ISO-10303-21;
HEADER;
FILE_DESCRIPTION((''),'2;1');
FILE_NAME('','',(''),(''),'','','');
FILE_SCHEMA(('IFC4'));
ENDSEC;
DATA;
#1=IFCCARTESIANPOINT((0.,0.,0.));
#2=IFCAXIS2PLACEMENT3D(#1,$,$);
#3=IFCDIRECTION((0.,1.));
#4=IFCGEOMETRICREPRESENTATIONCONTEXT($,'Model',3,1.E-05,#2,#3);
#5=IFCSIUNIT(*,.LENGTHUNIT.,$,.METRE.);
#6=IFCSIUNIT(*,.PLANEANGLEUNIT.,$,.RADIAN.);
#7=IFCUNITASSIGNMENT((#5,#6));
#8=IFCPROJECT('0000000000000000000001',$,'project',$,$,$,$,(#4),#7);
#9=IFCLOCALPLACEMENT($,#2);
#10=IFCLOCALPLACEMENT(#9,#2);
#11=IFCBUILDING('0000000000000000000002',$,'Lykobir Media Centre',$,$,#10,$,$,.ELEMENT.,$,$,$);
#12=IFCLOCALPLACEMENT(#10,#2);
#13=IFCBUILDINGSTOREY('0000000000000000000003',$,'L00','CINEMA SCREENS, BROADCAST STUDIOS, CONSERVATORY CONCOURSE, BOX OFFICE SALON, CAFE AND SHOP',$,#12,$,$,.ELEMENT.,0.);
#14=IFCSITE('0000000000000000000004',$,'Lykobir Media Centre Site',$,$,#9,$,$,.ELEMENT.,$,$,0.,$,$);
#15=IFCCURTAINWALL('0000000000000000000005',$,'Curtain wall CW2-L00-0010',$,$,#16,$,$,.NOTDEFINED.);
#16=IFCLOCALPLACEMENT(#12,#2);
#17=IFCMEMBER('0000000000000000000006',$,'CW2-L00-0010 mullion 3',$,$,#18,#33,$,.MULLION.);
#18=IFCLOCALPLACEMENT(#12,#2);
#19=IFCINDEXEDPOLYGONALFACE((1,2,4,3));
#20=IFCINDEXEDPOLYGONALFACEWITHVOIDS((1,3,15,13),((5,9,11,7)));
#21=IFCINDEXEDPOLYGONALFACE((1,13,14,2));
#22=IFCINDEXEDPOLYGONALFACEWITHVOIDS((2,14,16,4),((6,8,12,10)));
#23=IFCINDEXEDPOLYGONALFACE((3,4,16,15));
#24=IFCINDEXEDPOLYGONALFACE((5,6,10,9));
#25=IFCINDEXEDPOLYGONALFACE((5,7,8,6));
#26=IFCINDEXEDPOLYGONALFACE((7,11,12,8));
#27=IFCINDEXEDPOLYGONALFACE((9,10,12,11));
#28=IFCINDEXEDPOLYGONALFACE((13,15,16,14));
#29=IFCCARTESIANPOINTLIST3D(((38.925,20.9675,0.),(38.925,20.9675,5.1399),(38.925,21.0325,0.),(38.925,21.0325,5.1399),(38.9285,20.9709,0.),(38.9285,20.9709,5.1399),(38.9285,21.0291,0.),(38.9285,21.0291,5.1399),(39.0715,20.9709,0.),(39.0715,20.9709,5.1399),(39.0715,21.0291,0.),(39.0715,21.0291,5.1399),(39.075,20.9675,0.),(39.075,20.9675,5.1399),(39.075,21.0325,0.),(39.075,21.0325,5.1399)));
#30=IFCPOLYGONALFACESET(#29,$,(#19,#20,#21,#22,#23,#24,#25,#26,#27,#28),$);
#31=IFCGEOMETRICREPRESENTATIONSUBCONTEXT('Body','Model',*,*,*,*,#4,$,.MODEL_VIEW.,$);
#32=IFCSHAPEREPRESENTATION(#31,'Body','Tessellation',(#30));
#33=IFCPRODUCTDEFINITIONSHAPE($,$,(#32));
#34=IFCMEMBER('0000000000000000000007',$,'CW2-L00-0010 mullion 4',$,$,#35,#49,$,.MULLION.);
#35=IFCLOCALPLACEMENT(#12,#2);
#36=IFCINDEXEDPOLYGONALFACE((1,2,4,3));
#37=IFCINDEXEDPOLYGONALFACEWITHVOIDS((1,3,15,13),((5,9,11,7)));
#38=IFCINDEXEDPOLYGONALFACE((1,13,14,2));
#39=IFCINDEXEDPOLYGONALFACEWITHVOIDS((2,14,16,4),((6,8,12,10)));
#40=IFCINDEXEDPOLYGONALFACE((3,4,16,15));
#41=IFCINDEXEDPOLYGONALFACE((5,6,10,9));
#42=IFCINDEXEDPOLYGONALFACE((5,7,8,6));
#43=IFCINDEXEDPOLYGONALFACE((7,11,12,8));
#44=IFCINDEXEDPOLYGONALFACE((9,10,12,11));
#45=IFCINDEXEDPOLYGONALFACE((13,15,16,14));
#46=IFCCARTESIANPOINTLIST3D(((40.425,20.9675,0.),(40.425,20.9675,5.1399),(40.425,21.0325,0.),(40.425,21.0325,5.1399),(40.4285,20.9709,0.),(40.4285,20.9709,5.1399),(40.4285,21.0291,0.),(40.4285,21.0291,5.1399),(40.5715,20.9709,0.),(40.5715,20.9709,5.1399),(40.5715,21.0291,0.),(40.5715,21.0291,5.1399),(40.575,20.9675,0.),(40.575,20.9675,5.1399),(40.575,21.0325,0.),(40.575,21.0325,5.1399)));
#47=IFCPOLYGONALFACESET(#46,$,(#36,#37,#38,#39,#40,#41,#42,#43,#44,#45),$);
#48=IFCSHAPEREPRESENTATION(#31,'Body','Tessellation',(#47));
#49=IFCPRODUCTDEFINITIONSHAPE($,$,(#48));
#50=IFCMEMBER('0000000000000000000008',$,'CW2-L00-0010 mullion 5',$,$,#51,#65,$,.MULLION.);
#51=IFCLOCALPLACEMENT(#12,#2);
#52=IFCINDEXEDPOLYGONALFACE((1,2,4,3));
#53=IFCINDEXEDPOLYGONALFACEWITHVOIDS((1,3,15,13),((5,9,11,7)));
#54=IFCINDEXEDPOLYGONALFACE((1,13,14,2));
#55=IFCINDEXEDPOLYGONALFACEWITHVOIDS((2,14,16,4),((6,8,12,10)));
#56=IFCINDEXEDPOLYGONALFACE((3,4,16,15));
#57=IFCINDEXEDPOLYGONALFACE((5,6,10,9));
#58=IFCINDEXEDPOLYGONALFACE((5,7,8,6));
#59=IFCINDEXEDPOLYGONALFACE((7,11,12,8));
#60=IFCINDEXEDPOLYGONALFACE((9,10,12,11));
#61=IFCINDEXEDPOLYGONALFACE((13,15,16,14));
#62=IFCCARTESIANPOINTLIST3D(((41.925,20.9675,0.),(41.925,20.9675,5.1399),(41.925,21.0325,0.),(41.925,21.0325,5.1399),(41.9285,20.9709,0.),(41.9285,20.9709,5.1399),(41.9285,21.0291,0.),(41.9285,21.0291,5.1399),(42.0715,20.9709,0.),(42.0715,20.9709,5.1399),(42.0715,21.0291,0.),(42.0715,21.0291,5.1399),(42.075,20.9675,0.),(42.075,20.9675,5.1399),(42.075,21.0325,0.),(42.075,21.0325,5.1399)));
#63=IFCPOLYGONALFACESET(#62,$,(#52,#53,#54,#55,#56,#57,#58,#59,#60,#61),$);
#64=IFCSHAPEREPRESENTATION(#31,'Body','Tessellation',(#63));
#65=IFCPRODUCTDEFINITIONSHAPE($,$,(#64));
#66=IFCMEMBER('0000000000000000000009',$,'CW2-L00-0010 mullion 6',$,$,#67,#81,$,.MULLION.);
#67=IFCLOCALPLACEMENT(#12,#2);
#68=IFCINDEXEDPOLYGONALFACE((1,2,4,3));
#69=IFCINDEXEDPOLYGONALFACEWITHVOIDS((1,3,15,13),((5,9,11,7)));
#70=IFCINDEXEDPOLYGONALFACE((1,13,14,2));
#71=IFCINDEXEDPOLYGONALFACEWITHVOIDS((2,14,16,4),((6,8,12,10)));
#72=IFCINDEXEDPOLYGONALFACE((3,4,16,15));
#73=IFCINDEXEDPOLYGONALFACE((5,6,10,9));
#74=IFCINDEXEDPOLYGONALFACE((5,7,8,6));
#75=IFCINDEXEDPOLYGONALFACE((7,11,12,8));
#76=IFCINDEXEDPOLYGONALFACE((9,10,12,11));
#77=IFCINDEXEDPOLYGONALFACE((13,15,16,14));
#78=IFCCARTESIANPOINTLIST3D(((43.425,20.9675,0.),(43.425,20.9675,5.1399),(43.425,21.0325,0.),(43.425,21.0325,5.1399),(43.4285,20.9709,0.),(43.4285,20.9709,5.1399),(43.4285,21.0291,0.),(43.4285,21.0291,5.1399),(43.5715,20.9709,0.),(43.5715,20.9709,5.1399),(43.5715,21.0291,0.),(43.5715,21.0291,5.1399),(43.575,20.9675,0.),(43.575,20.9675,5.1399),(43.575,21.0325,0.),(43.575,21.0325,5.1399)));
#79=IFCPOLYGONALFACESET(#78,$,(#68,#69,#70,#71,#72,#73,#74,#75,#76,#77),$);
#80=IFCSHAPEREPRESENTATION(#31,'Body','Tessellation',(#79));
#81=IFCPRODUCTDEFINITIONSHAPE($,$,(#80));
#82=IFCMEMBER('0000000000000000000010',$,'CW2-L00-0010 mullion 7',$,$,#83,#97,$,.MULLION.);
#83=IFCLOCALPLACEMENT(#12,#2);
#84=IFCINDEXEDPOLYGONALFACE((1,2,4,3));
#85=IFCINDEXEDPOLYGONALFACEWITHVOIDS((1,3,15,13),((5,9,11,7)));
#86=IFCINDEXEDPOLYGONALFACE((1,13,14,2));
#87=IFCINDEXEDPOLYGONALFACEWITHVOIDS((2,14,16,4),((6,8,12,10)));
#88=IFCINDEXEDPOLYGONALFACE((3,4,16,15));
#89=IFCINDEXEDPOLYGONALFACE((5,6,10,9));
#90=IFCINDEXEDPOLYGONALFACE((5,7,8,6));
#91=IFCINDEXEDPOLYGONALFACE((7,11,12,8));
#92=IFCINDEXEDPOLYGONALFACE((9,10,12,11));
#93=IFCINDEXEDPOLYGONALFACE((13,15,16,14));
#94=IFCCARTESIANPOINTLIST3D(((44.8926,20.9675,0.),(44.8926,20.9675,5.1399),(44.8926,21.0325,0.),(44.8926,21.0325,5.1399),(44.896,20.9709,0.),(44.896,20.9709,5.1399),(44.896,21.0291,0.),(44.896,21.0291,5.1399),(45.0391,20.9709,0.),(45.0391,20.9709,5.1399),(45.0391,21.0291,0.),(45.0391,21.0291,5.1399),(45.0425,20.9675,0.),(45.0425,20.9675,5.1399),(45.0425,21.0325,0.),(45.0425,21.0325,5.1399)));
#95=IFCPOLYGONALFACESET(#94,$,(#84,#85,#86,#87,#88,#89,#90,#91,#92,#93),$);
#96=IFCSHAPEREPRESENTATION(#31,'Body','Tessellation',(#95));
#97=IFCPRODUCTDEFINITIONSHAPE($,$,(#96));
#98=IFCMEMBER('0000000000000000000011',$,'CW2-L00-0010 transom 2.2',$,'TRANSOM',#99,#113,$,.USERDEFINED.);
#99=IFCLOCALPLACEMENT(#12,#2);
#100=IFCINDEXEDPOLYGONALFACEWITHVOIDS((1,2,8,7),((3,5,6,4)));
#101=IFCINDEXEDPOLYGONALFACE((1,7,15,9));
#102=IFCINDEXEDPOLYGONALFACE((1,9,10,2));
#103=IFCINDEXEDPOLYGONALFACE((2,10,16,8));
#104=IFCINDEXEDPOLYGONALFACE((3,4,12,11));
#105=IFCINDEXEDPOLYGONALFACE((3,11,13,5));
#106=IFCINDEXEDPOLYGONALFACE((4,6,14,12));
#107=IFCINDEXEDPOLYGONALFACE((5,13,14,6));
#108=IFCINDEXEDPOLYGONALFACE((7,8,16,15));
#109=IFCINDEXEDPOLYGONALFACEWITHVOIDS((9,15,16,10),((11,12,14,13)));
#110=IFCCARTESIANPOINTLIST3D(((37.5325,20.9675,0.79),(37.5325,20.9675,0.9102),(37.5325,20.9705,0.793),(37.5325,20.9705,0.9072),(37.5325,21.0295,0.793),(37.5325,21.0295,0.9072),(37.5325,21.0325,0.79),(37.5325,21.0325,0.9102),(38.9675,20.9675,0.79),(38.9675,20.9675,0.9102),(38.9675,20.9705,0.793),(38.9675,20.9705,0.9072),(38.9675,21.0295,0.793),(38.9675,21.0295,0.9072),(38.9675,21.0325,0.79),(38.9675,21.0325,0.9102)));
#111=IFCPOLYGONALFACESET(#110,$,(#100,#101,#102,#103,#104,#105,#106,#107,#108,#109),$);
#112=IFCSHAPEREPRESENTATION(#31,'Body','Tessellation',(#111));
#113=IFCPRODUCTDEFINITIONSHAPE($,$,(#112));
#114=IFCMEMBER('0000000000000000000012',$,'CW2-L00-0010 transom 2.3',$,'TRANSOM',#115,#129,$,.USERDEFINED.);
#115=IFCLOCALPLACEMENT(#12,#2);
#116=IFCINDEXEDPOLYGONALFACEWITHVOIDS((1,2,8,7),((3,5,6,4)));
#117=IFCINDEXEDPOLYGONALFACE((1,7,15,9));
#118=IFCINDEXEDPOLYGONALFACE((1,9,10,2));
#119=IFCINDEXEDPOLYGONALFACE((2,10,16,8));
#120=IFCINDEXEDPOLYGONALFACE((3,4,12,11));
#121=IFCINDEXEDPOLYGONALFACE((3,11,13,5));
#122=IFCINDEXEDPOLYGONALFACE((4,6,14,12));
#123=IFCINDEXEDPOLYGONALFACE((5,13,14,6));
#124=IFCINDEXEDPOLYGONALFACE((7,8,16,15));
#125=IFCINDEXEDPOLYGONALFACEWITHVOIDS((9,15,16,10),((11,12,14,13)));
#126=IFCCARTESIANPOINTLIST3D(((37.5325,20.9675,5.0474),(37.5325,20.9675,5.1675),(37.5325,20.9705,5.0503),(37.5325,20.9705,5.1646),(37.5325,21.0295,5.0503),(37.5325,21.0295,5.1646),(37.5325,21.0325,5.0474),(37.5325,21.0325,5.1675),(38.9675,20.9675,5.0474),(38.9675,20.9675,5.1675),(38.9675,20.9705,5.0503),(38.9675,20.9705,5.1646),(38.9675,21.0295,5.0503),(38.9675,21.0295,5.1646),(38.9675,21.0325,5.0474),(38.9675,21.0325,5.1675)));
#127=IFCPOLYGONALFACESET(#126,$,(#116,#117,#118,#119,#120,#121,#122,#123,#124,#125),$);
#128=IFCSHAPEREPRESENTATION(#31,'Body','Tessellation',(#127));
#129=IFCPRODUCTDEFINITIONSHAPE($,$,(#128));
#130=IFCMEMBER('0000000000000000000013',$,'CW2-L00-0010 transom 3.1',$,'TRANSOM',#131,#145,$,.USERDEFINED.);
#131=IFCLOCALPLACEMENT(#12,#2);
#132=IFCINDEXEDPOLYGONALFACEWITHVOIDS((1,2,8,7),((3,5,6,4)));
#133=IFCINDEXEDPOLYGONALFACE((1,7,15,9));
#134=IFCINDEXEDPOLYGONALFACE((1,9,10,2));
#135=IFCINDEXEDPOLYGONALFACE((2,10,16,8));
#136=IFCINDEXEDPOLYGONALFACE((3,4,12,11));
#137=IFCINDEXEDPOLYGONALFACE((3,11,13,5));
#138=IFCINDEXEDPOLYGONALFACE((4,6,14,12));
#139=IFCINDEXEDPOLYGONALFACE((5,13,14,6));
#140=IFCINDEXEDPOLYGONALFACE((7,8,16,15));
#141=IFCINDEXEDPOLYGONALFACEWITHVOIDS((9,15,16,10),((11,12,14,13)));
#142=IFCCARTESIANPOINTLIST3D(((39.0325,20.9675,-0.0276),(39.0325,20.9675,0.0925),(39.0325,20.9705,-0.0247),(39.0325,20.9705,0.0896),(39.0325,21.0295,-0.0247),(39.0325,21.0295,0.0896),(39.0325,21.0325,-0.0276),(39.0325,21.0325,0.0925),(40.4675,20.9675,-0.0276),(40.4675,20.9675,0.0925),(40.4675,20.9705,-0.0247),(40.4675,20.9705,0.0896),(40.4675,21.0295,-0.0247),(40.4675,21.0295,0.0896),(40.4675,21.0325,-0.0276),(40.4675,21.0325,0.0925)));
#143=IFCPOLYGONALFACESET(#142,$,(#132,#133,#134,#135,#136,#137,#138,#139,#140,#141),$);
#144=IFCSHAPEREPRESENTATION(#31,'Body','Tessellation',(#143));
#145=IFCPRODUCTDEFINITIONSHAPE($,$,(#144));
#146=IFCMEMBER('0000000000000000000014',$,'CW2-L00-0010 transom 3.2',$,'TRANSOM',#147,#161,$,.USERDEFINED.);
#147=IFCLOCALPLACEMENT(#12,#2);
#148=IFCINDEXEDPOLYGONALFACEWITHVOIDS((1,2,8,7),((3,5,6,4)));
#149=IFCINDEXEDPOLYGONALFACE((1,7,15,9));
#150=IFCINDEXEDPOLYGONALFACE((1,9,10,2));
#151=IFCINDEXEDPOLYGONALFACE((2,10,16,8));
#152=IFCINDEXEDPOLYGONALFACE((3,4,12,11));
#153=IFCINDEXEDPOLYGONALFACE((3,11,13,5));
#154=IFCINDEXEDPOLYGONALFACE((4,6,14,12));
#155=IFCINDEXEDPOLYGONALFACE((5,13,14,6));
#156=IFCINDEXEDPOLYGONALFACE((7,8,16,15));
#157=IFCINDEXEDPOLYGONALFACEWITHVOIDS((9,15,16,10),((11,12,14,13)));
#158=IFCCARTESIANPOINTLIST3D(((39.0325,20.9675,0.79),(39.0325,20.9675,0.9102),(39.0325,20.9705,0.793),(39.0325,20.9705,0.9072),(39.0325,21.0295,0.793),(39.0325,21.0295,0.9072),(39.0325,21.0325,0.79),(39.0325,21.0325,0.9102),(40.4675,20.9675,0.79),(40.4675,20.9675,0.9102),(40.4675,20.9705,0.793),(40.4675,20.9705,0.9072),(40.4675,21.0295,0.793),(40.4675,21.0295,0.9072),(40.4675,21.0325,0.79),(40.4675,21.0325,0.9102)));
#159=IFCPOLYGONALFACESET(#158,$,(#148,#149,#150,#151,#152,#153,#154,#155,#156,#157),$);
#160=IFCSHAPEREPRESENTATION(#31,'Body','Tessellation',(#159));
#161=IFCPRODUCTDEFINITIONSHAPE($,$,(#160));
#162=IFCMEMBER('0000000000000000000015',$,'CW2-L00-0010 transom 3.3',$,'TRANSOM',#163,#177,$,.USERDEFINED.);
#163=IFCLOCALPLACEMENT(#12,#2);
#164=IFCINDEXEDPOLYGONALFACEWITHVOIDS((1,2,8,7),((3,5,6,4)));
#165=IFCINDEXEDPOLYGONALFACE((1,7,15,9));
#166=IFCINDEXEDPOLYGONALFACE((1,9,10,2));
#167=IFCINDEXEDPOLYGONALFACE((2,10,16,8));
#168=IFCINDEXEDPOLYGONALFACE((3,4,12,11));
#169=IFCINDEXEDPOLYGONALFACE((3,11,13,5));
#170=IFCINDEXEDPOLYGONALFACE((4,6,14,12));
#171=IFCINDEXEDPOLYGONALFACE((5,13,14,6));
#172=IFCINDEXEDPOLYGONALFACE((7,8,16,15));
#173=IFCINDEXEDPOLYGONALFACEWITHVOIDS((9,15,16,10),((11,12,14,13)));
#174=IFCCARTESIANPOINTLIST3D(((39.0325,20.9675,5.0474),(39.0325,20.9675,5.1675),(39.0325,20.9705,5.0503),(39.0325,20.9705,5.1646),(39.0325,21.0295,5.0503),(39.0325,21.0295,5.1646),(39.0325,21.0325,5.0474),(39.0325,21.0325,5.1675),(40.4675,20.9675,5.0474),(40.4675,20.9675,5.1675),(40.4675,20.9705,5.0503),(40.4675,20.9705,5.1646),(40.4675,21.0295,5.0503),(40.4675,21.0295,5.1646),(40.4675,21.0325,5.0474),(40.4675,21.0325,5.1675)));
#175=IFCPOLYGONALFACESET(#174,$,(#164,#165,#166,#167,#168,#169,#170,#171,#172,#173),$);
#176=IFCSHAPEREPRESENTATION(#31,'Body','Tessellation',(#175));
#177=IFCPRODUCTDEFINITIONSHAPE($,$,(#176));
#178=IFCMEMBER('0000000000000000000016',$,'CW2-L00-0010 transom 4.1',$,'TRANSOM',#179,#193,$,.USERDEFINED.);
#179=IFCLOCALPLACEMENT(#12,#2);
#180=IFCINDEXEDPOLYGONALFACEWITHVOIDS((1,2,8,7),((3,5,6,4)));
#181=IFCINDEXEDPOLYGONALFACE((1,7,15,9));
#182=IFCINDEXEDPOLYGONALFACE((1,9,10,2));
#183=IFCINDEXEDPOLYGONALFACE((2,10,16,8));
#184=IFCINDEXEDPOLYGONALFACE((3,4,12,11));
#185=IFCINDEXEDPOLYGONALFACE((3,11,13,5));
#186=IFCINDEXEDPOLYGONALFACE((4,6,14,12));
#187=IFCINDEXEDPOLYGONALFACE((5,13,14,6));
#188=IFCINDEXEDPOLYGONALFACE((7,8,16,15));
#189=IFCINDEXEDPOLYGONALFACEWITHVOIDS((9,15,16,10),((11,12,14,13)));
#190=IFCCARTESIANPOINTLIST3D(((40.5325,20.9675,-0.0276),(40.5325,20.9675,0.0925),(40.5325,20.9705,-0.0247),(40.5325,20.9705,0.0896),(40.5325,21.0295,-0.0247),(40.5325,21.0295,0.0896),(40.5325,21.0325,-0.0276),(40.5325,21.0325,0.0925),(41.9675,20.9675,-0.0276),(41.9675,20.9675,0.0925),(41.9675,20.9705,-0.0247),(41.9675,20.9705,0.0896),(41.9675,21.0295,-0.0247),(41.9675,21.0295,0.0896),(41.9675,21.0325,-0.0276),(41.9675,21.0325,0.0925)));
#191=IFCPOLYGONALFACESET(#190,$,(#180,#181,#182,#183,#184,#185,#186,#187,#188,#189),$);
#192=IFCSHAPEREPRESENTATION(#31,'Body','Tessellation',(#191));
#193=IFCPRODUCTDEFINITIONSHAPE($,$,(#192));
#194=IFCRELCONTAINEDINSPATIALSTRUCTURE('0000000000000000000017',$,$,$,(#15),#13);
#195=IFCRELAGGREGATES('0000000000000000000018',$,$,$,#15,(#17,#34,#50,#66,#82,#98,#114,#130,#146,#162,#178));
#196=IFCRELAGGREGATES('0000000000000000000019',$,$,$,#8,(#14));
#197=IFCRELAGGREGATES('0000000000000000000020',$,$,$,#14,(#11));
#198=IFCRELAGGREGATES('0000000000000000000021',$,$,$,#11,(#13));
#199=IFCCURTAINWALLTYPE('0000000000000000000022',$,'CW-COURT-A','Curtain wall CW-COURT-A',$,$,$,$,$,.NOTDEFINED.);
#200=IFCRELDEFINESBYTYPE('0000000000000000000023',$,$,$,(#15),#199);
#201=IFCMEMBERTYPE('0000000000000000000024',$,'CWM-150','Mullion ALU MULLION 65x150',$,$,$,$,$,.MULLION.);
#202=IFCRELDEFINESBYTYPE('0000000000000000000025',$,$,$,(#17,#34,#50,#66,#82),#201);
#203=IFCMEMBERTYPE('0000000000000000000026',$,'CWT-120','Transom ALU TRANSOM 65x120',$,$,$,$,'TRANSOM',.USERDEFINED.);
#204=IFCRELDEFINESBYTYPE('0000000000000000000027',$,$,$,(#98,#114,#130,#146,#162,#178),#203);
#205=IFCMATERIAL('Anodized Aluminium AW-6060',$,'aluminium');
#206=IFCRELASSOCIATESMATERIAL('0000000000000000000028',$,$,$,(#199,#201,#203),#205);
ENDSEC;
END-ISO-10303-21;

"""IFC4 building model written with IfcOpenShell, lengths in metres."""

from ifc_helpers import new_model, si_unit, direction, frame, origin, origin_2d, place, context, subcontext, project, spatial, hollow_rectangle, extrude, material, material_profile, profile_set, type_object, element, aggregate, save


model = new_model("IFC4")

# Units and contexts
model_context = context("Model", 3, precision=1e-05, world=origin(), true_north=direction((0.0, 1.0)))
body_context = subcontext(model_context, "Body", "Model", "MODEL_VIEW")
ifc_project = project(units=[si_unit("LENGTHUNIT", "METRE"), si_unit("PLANEANGLEUNIT", "RADIAN")], contexts=[model_context])

# Site, building, storey
site_placement = place(None, origin())
site = spatial("IfcSite", under=ifc_project, at=site_placement, Name="Lykobir Media Centre Site", CompositionType="ELEMENT", RefElevation=0.0)
building_placement = place(site_placement, origin())
building = spatial("IfcBuilding", under=site, at=building_placement, Name="Lykobir Media Centre", CompositionType="ELEMENT")
storey_placement = place(building_placement, origin())
storey = spatial("IfcBuildingStorey", under=building, at=storey_placement, Name="L00", Description="CINEMA SCREENS, BROADCAST STUDIOS, CONSERVATORY CONCOURSE, BOX OFFICE SALON, CAFE AND SHOP", CompositionType="ELEMENT", Elevation=0.0)

# Curtain wall, members
ifc_material_1 = material(Name="Anodized Aluminium AW-6060", Category="aluminium")
curtain_wall_type = type_object("IfcCurtainWallType", Name="CW-COURT-A", Description="Curtain wall CW-COURT-A", PredefinedType="NOTDEFINED", material=ifc_material_1)
curtain_wall_placement = place(storey_placement, origin())
curtain_wall = element("IfcCurtainWall", 1, at=curtain_wall_placement, inside=storey, type_object=curtain_wall_type, Name="Curtain wall CW2-L00-0010", PredefinedType="NOTDEFINED")
ifc_material_profile_1 = material_profile(ifc_material_1, hollow_rectangle(XDim=0.0649, YDim=0.1499, WallThickness=0.0034, at=origin_2d()), Name="ALU MULLION 65x150")
ifc_profile_set_1 = profile_set([ifc_material_profile_1], Name="Anodized Aluminium AW-6060")
member_type_1 = type_object("IfcMemberType", Name="CWM-150", Description="Mullion ALU MULLION 65x150", PredefinedType="MULLION", material=ifc_profile_set_1)
member_1_placement = place(storey_placement, frame((39.0, 21.0, 0.0), z_axis=(0.0, 0.0, 1.0), x_axis=(0.0, 1.0, 0.0)))
member_1 = element("IfcMember", 2, at=member_1_placement, type_object=member_type_1, Name="CW2-L00-0010 mullion 3", PredefinedType="MULLION", context=body_context, shape_type="SweptSolid", body=[
    extrude(hollow_rectangle(XDim=0.0649, YDim=0.1499, WallThickness=0.0034, at=origin_2d()), origin(), (0.0, 0.0, 1.0), 5.1399),
])
member_2_placement = place(storey_placement, frame((40.5, 21.0, 0.0), z_axis=(0.0, 0.0, 1.0), x_axis=(0.0, 1.0, 0.0)))
member_2 = element("IfcMember", 3, at=member_2_placement, type_object=member_type_1, Name="CW2-L00-0010 mullion 4", PredefinedType="MULLION", context=body_context, shape_type="SweptSolid", body=[
    extrude(hollow_rectangle(XDim=0.0649, YDim=0.1499, WallThickness=0.0034, at=origin_2d()), origin(), (0.0, 0.0, 1.0), 5.1399),
])
member_3_placement = place(storey_placement, frame((42.0, 21.0, 0.0), z_axis=(0.0, 0.0, 1.0), x_axis=(0.0, 1.0, 0.0)))
member_3 = element("IfcMember", 4, at=member_3_placement, type_object=member_type_1, Name="CW2-L00-0010 mullion 5", PredefinedType="MULLION", context=body_context, shape_type="SweptSolid", body=[
    extrude(hollow_rectangle(XDim=0.0649, YDim=0.1499, WallThickness=0.0034, at=origin_2d()), origin(), (0.0, 0.0, 1.0), 5.1399),
])
member_4_placement = place(storey_placement, frame((43.5, 21.0, 0.0), z_axis=(0.0, 0.0, 1.0), x_axis=(0.0, 1.0, 0.0)))
member_4 = element("IfcMember", 5, at=member_4_placement, type_object=member_type_1, Name="CW2-L00-0010 mullion 6", PredefinedType="MULLION", context=body_context, shape_type="SweptSolid", body=[
    extrude(hollow_rectangle(XDim=0.0649, YDim=0.1499, WallThickness=0.0034, at=origin_2d()), origin(), (0.0, 0.0, 1.0), 5.1399),
])
member_5_placement = place(storey_placement, frame((44.9675, 21.0, 0.0), z_axis=(0.0, 0.0, 1.0), x_axis=(0.0, 1.0, 0.0)))
member_5 = element("IfcMember", 6, at=member_5_placement, type_object=member_type_1, Name="CW2-L00-0010 mullion 7", PredefinedType="MULLION", context=body_context, shape_type="SweptSolid", body=[
    extrude(hollow_rectangle(XDim=0.0649, YDim=0.1499, WallThickness=0.0034, at=origin_2d()), origin(), (0.0, 0.0, 1.0), 5.1399),
])
ifc_material_profile_2 = material_profile(ifc_material_1, hollow_rectangle(XDim=0.0649, YDim=0.1201, WallThickness=0.0029, at=origin_2d()), Name="ALU TRANSOM 65x120")
ifc_profile_set_2 = profile_set([ifc_material_profile_2], Name="Anodized Aluminium AW-6060")
member_type_2 = type_object("IfcMemberType", Name="CWT-120", Description="Transom ALU TRANSOM 65x120", ElementType="TRANSOM", PredefinedType="USERDEFINED", material=ifc_profile_set_2)
member_6_placement = place(storey_placement, frame((37.5325, 21.0, 0.8501), z_axis=(1.0, 0.0, 0.0), x_axis=(0.0, 1.0, 0.0)))
member_6 = element("IfcMember", 7, at=member_6_placement, type_object=member_type_2, Name="CW2-L00-0010 transom 2.2", ObjectType="TRANSOM", PredefinedType="USERDEFINED", context=body_context, shape_type="SweptSolid", body=[
    extrude(hollow_rectangle(XDim=0.0649, YDim=0.1201, WallThickness=0.0029, at=origin_2d()), origin(), (0.0, 0.0, 1.0), 1.4351),
])
member_7_placement = place(storey_placement, frame((37.5325, 21.0, 5.1074), z_axis=(1.0, 0.0, 0.0), x_axis=(0.0, 1.0, 0.0)))
member_7 = element("IfcMember", 8, at=member_7_placement, type_object=member_type_2, Name="CW2-L00-0010 transom 2.3", ObjectType="TRANSOM", PredefinedType="USERDEFINED", context=body_context, shape_type="SweptSolid", body=[
    extrude(hollow_rectangle(XDim=0.0649, YDim=0.1201, WallThickness=0.0029, at=origin_2d()), origin(), (0.0, 0.0, 1.0), 1.4351),
])
member_8_placement = place(storey_placement, frame((39.0325, 21.0, 0.0325), z_axis=(1.0, 0.0, 0.0), x_axis=(0.0, 1.0, 0.0)))
member_8 = element("IfcMember", 9, at=member_8_placement, type_object=member_type_2, Name="CW2-L00-0010 transom 3.1", ObjectType="TRANSOM", PredefinedType="USERDEFINED", context=body_context, shape_type="SweptSolid", body=[
    extrude(hollow_rectangle(XDim=0.0649, YDim=0.1201, WallThickness=0.0029, at=origin_2d()), origin(), (0.0, 0.0, 1.0), 1.4351),
])
member_9_placement = place(storey_placement, frame((39.0325, 21.0, 0.8501), z_axis=(1.0, 0.0, 0.0), x_axis=(0.0, 1.0, 0.0)))
member_9 = element("IfcMember", 10, at=member_9_placement, type_object=member_type_2, Name="CW2-L00-0010 transom 3.2", ObjectType="TRANSOM", PredefinedType="USERDEFINED", context=body_context, shape_type="SweptSolid", body=[
    extrude(hollow_rectangle(XDim=0.0649, YDim=0.1201, WallThickness=0.0029, at=origin_2d()), origin(), (0.0, 0.0, 1.0), 1.4351),
])
member_10_placement = place(storey_placement, frame((39.0325, 21.0, 5.1074), z_axis=(1.0, 0.0, 0.0), x_axis=(0.0, 1.0, 0.0)))
member_10 = element("IfcMember", 11, at=member_10_placement, type_object=member_type_2, Name="CW2-L00-0010 transom 3.3", ObjectType="TRANSOM", PredefinedType="USERDEFINED", context=body_context, shape_type="SweptSolid", body=[
    extrude(hollow_rectangle(XDim=0.0649, YDim=0.1201, WallThickness=0.0029, at=origin_2d()), origin(), (0.0, 0.0, 1.0), 1.4351),
])
member_11_placement = place(storey_placement, frame((40.5325, 21.0, 0.0325), z_axis=(1.0, 0.0, 0.0), x_axis=(0.0, 1.0, 0.0)))
member_11 = element("IfcMember", 12, at=member_11_placement, type_object=member_type_2, Name="CW2-L00-0010 transom 4.1", ObjectType="TRANSOM", PredefinedType="USERDEFINED", context=body_context, shape_type="SweptSolid", body=[
    extrude(hollow_rectangle(XDim=0.0649, YDim=0.1201, WallThickness=0.0029, at=origin_2d()), origin(), (0.0, 0.0, 1.0), 1.4351),
])
aggregate(curtain_wall, [member_1, member_2, member_3, member_4, member_5, member_6, member_7, member_8, member_9, member_10, member_11])

save(model, "model.ifc")
